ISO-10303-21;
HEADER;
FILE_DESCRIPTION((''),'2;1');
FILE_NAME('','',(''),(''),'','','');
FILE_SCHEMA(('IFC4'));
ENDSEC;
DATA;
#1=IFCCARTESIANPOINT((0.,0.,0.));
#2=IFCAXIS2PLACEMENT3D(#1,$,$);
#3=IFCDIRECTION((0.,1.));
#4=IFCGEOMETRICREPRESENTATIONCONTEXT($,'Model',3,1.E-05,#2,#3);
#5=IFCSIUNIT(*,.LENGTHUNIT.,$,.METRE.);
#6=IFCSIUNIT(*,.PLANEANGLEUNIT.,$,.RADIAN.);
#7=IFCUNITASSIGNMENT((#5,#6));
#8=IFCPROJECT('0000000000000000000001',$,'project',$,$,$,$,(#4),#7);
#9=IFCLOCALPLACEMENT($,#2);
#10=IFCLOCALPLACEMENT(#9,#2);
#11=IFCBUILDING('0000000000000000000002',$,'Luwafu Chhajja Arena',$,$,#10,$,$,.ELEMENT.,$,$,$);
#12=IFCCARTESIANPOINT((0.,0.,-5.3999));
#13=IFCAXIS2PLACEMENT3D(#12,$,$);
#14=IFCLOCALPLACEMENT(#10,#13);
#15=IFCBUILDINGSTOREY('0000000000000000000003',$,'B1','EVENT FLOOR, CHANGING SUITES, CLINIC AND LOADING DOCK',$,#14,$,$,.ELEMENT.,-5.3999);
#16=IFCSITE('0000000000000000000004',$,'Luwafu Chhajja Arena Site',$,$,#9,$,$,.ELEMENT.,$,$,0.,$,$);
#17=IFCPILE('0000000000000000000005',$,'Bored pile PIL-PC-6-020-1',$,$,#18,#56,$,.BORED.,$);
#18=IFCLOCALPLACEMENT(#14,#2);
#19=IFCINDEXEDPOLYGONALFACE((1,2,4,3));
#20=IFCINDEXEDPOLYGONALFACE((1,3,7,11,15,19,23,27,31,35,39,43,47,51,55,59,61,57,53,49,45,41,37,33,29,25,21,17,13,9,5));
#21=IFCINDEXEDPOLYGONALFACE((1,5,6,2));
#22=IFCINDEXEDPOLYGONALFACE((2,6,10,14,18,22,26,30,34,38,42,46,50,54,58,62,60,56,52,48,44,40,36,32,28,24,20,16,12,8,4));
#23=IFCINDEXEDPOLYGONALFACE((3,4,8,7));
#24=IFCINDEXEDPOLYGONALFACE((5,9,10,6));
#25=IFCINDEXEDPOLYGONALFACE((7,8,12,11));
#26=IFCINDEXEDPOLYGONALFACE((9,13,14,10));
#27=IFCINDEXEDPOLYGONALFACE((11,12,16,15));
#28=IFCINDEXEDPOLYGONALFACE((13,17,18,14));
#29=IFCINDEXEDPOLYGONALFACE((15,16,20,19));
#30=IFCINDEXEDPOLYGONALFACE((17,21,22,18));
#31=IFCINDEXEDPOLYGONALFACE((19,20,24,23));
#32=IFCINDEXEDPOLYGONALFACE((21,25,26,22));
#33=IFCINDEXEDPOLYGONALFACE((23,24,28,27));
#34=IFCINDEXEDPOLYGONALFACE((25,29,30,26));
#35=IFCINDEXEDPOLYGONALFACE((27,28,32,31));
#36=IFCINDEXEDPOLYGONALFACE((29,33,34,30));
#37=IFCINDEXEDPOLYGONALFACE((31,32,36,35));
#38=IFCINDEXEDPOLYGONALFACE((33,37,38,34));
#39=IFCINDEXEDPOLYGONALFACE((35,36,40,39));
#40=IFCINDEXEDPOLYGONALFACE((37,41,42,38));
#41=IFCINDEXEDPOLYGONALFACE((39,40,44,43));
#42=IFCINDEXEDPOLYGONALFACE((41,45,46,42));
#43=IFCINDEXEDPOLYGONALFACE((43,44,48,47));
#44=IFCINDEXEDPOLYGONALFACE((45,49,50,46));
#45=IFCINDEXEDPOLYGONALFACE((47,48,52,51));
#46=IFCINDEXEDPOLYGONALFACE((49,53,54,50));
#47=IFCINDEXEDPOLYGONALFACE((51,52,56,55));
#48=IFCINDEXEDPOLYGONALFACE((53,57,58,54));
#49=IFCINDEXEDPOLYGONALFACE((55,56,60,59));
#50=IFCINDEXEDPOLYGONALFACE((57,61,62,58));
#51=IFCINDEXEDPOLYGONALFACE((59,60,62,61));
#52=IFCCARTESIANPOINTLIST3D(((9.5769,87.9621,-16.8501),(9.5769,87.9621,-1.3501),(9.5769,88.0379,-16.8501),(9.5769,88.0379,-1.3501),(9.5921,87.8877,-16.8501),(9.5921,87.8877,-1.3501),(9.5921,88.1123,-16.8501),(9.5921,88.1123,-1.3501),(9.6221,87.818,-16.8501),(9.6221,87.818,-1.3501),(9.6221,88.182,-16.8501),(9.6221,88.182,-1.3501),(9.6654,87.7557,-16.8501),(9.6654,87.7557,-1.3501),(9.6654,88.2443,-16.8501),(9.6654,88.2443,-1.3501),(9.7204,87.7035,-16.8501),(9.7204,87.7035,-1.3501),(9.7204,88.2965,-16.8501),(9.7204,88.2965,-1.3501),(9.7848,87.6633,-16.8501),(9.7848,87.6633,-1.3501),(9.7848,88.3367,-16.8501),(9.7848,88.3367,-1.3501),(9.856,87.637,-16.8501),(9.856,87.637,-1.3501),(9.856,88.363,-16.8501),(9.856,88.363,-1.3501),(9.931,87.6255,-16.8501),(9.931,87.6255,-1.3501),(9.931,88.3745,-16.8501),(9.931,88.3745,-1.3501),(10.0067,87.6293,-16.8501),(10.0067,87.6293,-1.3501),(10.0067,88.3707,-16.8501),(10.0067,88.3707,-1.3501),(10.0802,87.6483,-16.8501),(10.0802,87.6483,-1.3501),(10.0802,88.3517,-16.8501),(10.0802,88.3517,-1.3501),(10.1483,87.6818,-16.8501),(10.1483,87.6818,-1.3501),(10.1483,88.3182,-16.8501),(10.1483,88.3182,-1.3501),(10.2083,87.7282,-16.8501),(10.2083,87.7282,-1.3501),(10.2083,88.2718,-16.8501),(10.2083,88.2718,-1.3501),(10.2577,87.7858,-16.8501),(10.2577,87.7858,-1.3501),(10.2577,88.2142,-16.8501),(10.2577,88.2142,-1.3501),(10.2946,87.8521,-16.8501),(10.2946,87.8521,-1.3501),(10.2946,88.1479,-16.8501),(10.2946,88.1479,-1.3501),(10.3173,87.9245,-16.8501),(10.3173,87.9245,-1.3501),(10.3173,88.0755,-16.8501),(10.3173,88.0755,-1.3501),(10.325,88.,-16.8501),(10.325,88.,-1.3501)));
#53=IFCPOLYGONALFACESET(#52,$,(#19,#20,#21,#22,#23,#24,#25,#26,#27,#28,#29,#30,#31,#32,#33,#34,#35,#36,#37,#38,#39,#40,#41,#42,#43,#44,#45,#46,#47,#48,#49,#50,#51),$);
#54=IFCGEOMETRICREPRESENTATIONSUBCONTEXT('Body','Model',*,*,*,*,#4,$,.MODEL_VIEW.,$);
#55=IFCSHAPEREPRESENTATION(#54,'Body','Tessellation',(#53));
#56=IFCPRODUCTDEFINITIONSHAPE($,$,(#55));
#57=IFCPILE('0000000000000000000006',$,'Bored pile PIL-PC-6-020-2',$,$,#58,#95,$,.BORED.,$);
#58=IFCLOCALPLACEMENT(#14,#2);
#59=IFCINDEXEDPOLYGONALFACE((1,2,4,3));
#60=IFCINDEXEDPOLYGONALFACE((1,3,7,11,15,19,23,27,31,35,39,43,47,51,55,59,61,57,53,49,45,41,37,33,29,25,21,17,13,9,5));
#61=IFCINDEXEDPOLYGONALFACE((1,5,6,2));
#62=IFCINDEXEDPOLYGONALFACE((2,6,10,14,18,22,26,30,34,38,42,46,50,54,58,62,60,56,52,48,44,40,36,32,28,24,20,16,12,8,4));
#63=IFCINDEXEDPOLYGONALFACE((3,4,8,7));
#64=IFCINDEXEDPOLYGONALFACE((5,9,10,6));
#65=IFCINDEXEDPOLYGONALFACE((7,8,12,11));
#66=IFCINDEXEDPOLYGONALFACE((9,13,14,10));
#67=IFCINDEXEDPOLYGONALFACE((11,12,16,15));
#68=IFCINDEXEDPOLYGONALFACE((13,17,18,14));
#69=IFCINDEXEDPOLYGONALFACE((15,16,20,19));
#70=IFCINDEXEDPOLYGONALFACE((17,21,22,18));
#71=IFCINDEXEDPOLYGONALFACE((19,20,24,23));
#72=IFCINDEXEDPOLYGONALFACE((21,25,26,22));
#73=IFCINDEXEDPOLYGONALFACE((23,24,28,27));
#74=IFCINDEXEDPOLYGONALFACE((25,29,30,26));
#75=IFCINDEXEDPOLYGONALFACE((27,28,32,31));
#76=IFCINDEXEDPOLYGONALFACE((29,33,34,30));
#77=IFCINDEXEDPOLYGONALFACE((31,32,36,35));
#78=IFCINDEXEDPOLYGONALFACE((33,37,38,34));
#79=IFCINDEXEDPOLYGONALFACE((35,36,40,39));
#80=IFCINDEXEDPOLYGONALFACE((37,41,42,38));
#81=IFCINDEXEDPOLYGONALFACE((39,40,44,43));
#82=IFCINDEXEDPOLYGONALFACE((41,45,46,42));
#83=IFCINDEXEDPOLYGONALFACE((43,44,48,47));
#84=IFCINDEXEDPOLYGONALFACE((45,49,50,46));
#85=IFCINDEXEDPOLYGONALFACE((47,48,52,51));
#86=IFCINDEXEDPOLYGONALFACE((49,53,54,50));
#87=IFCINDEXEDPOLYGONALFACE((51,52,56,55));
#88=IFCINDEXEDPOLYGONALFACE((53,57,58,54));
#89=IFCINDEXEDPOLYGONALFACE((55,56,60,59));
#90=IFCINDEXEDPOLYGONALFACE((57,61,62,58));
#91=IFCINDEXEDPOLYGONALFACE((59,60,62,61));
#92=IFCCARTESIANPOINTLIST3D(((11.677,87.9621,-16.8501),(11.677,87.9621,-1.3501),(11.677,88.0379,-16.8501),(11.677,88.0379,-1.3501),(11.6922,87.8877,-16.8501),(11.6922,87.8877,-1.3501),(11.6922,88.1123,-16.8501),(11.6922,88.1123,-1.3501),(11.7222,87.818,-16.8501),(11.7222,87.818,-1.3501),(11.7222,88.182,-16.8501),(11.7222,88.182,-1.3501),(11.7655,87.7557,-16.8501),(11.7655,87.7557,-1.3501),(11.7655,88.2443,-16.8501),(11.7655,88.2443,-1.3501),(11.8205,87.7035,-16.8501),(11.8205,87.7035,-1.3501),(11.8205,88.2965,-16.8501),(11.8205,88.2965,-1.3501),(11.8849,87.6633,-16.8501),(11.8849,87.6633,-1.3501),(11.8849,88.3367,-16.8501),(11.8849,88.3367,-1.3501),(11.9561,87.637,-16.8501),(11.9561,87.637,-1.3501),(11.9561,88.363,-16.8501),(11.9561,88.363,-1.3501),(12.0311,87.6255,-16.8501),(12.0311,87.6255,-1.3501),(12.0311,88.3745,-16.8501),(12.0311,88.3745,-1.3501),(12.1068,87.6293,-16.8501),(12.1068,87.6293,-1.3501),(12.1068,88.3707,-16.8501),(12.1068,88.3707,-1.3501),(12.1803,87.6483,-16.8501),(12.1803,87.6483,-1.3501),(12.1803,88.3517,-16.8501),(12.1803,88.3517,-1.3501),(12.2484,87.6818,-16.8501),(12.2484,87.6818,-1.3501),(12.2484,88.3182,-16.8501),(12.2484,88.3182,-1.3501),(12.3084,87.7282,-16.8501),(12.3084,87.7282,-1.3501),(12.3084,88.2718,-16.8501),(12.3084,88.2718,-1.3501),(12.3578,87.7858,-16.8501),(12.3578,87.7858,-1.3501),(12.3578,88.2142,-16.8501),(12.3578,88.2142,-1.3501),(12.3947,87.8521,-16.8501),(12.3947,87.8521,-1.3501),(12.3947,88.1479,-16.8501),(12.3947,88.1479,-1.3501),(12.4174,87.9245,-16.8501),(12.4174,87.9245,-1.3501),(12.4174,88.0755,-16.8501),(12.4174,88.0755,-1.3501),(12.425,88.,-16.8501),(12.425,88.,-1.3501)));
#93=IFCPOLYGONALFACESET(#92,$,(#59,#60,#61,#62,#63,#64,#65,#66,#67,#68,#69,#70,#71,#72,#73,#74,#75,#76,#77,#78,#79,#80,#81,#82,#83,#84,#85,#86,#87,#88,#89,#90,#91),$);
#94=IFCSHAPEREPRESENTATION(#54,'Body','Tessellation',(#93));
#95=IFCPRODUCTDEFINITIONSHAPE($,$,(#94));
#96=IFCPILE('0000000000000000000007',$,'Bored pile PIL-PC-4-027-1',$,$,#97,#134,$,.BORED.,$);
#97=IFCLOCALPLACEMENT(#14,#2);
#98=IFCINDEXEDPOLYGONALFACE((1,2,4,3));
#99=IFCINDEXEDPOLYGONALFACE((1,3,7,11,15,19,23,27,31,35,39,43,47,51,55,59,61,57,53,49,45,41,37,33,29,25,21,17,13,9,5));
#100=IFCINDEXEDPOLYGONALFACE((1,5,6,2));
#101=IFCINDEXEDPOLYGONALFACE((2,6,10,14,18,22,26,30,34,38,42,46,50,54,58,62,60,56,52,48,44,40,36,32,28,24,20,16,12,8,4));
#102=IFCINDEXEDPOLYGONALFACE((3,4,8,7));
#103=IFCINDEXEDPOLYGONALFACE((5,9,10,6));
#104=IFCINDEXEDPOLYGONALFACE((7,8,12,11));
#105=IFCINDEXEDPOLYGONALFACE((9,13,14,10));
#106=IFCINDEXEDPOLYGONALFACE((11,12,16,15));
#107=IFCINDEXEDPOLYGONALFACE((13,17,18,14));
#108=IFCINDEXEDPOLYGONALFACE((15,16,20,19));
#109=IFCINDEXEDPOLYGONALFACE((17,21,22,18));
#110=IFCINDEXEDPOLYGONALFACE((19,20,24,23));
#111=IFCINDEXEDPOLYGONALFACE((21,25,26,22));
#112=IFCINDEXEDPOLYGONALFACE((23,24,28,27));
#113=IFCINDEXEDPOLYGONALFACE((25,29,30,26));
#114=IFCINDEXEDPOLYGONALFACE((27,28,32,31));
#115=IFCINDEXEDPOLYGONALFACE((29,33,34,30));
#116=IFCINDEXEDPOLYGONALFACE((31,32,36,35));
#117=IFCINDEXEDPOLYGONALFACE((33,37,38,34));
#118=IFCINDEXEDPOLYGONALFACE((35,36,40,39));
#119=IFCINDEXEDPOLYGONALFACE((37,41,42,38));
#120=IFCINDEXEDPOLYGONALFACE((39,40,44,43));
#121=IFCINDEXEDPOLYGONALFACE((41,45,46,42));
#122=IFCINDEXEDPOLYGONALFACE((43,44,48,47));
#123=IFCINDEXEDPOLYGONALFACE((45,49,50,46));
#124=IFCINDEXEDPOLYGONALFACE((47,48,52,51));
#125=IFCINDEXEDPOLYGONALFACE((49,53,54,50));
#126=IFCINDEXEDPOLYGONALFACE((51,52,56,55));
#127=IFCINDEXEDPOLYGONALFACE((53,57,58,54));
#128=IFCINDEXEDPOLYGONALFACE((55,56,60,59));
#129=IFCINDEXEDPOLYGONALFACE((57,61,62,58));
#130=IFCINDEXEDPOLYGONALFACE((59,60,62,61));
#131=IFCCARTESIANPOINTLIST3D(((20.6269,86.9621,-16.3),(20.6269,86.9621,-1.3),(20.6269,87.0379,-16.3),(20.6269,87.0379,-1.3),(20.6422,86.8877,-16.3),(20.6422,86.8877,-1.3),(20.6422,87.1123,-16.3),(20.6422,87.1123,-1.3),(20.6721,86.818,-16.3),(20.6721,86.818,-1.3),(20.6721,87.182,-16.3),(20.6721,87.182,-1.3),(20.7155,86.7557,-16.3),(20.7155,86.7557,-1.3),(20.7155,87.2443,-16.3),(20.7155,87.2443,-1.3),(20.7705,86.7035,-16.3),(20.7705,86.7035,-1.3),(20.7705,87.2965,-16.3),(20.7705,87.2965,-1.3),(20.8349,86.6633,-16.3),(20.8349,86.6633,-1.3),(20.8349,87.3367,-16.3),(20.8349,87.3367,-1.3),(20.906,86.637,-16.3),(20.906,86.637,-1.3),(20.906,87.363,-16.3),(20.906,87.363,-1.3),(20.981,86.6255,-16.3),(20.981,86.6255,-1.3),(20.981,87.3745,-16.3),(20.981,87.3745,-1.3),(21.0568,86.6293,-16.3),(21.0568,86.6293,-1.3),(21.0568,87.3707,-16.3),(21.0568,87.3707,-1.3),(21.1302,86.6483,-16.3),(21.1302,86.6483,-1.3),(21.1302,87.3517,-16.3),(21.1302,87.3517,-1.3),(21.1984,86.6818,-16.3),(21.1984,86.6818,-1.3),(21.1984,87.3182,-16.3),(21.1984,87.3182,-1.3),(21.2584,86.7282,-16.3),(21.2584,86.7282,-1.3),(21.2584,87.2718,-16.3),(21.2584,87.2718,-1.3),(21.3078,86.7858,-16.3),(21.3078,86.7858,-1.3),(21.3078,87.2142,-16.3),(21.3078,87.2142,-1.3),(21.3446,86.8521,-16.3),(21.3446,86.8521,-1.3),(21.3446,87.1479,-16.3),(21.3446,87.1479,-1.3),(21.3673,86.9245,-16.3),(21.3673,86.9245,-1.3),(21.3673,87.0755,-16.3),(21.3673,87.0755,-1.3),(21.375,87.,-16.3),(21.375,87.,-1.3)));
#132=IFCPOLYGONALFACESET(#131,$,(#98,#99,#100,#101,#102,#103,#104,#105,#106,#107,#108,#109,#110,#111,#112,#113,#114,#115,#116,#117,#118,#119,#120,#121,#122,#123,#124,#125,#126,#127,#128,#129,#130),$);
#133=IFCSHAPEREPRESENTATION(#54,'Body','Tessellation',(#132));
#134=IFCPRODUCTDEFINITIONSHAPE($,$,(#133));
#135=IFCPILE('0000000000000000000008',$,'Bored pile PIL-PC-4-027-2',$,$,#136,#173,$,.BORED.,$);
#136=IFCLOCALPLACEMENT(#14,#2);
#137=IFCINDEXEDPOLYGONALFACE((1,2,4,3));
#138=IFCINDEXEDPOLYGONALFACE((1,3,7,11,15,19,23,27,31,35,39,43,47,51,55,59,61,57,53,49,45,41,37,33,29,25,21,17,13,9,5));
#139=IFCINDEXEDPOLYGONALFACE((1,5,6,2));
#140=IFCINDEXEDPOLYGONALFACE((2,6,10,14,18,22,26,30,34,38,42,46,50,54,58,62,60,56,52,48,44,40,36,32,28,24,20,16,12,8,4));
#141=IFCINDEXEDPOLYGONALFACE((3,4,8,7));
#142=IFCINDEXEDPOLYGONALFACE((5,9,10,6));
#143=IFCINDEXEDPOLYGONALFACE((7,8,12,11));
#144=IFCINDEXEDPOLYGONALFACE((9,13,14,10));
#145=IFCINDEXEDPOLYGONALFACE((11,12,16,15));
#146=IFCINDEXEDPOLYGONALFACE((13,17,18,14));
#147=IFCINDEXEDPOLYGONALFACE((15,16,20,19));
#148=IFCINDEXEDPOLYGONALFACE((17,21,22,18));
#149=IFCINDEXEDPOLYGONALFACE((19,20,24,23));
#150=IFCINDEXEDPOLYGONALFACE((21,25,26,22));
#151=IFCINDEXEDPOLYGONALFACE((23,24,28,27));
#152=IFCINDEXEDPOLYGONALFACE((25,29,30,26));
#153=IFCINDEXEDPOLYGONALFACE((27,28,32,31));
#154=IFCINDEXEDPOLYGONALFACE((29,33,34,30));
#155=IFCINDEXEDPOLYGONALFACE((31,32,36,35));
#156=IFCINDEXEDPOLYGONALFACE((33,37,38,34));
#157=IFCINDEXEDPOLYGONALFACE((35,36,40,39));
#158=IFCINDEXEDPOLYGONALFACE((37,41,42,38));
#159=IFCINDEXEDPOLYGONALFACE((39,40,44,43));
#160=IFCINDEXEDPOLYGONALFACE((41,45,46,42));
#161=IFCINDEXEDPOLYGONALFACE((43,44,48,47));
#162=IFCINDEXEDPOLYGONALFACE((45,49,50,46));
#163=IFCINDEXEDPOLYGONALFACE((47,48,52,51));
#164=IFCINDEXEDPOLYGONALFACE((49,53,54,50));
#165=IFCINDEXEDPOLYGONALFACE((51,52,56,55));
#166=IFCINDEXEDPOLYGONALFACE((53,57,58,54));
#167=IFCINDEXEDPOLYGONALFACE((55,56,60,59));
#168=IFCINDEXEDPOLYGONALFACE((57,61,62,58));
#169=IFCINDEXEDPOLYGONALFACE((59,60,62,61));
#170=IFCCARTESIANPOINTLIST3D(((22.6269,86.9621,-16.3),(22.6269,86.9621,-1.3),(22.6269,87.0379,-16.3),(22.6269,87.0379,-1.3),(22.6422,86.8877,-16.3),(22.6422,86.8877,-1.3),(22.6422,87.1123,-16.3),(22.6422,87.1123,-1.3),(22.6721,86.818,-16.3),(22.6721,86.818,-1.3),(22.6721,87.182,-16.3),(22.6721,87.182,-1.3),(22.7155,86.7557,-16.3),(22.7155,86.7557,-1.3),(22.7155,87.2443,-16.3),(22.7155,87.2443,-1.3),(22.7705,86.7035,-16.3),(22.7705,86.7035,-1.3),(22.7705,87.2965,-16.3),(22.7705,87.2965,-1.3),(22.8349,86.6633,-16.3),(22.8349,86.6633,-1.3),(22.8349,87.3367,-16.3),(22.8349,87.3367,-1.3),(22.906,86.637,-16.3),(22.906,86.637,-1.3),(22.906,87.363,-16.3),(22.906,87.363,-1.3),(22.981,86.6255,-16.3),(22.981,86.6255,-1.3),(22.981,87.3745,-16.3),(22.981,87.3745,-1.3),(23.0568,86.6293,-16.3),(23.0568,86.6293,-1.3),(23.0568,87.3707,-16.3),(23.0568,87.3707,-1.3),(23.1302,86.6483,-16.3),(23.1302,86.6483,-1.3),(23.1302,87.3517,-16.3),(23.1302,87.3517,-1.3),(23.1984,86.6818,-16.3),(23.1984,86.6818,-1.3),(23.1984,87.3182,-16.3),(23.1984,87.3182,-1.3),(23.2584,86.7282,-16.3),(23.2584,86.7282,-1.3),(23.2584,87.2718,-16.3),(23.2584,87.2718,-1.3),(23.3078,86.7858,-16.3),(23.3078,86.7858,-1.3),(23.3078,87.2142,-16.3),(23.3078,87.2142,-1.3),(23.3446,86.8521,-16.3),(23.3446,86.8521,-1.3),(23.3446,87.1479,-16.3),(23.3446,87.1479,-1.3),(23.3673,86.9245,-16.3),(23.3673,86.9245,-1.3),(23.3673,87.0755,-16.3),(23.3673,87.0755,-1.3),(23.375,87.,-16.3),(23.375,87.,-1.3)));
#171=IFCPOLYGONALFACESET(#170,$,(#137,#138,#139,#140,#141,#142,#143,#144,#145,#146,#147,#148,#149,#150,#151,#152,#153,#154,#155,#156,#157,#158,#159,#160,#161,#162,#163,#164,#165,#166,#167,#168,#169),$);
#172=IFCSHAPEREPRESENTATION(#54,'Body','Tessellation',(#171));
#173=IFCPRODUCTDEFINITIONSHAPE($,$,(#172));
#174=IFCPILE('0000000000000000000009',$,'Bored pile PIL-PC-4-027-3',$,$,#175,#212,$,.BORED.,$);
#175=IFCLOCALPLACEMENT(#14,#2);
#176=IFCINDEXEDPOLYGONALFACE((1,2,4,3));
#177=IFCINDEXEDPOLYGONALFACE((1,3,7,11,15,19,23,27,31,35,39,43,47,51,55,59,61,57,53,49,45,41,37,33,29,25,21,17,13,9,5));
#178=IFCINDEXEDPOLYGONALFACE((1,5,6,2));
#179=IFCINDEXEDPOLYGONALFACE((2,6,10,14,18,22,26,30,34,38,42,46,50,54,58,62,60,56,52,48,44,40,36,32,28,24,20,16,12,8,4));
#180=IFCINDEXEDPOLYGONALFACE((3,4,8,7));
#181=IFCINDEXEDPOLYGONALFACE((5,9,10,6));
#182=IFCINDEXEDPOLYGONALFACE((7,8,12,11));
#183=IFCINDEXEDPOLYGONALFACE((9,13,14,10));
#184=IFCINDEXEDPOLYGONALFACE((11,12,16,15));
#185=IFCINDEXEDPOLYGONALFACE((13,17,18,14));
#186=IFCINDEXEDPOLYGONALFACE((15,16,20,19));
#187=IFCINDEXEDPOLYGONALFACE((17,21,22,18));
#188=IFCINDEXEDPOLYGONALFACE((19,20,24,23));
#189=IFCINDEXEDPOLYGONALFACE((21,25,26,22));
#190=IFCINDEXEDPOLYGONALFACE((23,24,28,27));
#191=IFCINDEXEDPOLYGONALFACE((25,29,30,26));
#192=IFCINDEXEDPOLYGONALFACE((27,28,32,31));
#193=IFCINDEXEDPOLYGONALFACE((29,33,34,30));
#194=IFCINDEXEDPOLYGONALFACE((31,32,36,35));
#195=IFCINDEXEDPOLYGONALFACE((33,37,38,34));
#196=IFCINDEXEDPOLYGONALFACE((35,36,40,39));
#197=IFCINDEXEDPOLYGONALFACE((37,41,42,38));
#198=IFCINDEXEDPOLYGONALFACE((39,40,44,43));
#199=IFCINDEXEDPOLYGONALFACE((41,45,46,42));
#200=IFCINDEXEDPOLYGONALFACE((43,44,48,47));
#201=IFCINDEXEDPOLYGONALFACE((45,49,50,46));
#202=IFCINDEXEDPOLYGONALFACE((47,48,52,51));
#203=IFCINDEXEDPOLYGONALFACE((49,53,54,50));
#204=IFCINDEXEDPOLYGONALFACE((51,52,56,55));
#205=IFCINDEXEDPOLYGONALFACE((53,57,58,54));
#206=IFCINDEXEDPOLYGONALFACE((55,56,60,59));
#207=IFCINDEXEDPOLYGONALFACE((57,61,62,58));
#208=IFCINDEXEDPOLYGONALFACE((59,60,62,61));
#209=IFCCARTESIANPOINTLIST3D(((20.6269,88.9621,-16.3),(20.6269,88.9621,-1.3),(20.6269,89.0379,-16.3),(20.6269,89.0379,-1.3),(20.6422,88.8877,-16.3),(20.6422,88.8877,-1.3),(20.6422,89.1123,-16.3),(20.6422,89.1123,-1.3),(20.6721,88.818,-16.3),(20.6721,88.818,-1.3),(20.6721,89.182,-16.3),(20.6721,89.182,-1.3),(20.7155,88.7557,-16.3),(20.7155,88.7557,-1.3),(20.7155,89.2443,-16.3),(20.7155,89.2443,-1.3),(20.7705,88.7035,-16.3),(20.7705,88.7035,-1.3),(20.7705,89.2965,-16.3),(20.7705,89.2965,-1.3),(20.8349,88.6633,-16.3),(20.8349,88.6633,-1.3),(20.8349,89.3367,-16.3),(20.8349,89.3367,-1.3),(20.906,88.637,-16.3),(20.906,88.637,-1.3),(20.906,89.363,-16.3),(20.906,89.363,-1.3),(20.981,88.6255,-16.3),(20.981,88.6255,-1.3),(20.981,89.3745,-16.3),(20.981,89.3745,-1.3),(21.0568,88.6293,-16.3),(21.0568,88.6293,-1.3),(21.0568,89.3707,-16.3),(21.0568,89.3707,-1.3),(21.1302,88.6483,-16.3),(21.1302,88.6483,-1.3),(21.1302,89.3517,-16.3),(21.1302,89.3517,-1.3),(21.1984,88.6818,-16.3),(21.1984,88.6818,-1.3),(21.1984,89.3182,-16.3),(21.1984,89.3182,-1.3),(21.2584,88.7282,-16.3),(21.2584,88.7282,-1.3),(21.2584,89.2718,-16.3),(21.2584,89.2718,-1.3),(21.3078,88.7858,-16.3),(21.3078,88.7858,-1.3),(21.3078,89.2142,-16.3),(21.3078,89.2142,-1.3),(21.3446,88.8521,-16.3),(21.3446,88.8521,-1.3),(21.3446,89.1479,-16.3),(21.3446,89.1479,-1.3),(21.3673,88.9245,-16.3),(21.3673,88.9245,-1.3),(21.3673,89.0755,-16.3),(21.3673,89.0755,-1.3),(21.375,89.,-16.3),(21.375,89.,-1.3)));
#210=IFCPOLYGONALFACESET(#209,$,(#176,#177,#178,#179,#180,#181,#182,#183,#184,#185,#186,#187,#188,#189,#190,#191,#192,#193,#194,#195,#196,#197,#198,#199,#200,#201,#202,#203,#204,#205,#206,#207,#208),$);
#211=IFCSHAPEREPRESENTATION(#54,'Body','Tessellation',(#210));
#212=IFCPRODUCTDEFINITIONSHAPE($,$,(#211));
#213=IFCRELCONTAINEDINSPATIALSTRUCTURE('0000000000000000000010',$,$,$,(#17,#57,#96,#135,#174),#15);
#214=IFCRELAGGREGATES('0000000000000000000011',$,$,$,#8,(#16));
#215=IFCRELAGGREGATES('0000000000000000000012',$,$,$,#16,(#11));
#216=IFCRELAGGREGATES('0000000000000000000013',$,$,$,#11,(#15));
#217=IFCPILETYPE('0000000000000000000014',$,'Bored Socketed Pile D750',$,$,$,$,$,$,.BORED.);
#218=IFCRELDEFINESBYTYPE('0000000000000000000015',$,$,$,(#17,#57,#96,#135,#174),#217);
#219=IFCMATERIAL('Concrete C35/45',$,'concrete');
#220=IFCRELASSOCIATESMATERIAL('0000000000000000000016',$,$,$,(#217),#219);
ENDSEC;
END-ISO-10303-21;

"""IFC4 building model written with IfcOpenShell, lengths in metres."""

from ifc_helpers import new_model, si_unit, direction, frame, origin, origin_2d, place, context, subcontext, project, spatial, circle, extrude, material, material_profile, profile_set, type_object, element, save


model = new_model("IFC4")

# Units and contexts
model_context = context("Model", 3, precision=1e-05, world=origin(), true_north=direction((0.0, 1.0)))
body_context = subcontext(model_context, "Body", "Model", "MODEL_VIEW")
ifc_project = project(units=[si_unit("LENGTHUNIT", "METRE"), si_unit("PLANEANGLEUNIT", "RADIAN")], contexts=[model_context])

# Site, building, storey
site_placement = place(None, origin())
site = spatial("IfcSite", under=ifc_project, at=site_placement, Name="Luwafu Chhajja Arena Site", CompositionType="ELEMENT", RefElevation=0.0)
building_placement = place(site_placement, origin())
building = spatial("IfcBuilding", under=site, at=building_placement, Name="Luwafu Chhajja Arena", CompositionType="ELEMENT")
storey_placement = place(building_placement, frame((0.0, 0.0, -5.3999)))
storey = spatial("IfcBuildingStorey", under=building, at=storey_placement, Name="B1", Description="EVENT FLOOR, CHANGING SUITES, CLINIC AND LOADING DOCK", CompositionType="ELEMENT", Elevation=-5.3999)

# Piles
ifc_material_1 = material(Name="Concrete C35/45", Category="concrete")
ifc_material_profile_1 = material_profile(ifc_material_1, circle(Radius=0.375, at=origin_2d()), Name="PILE D750")
ifc_profile_set_1 = profile_set([ifc_material_profile_1], Name="Concrete C35/45")
pile_type_1 = type_object("IfcPileType", Name="Bored Socketed Pile D750", PredefinedType="BORED", material=ifc_profile_set_1)
for number, where, z_axis, x_axis, name in (
    (1, (9.95, 88.0, -1.3501), (0.0, 0.0, -1.0), (1.0, 0.0, 0.0), "Bored pile PIL-PC-6-020-1"),
    (2, (12.05, 88.0, -1.3501), (0.0, 0.0, -1.0), (1.0, 0.0, 0.0), "Bored pile PIL-PC-6-020-2"),
):
    element("IfcPile", number, at=place(storey_placement, frame(where, z_axis=z_axis, x_axis=x_axis)), inside=storey, type_object=pile_type_1, Name=name, PredefinedType="BORED", context=body_context, shape_type="SweptSolid", body=[
        extrude(circle(Radius=0.375, at=origin_2d()), origin(), (0.0, 0.0, 1.0), 15.5),
    ])
for number, where, z_axis, x_axis, name in (
    (3, (21.0, 87.0, -1.3), (0.0, 0.0, -1.0), (1.0, 0.0, 0.0), "Bored pile PIL-PC-4-027-1"),
    (4, (23.0, 87.0, -1.3), (0.0, 0.0, -1.0), (1.0, 0.0, 0.0), "Bored pile PIL-PC-4-027-2"),
    (5, (21.0, 89.0, -1.3), (0.0, 0.0, -1.0), (1.0, 0.0, 0.0), "Bored pile PIL-PC-4-027-3"),
):
    element("IfcPile", number, at=place(storey_placement, frame(where, z_axis=z_axis, x_axis=x_axis)), inside=storey, type_object=pile_type_1, Name=name, PredefinedType="BORED", context=body_context, shape_type="SweptSolid", body=[
        extrude(circle(Radius=0.375, at=origin_2d()), origin(), (0.0, 0.0, 1.0), 15.0),
    ])

save(model, "model.ifc")
